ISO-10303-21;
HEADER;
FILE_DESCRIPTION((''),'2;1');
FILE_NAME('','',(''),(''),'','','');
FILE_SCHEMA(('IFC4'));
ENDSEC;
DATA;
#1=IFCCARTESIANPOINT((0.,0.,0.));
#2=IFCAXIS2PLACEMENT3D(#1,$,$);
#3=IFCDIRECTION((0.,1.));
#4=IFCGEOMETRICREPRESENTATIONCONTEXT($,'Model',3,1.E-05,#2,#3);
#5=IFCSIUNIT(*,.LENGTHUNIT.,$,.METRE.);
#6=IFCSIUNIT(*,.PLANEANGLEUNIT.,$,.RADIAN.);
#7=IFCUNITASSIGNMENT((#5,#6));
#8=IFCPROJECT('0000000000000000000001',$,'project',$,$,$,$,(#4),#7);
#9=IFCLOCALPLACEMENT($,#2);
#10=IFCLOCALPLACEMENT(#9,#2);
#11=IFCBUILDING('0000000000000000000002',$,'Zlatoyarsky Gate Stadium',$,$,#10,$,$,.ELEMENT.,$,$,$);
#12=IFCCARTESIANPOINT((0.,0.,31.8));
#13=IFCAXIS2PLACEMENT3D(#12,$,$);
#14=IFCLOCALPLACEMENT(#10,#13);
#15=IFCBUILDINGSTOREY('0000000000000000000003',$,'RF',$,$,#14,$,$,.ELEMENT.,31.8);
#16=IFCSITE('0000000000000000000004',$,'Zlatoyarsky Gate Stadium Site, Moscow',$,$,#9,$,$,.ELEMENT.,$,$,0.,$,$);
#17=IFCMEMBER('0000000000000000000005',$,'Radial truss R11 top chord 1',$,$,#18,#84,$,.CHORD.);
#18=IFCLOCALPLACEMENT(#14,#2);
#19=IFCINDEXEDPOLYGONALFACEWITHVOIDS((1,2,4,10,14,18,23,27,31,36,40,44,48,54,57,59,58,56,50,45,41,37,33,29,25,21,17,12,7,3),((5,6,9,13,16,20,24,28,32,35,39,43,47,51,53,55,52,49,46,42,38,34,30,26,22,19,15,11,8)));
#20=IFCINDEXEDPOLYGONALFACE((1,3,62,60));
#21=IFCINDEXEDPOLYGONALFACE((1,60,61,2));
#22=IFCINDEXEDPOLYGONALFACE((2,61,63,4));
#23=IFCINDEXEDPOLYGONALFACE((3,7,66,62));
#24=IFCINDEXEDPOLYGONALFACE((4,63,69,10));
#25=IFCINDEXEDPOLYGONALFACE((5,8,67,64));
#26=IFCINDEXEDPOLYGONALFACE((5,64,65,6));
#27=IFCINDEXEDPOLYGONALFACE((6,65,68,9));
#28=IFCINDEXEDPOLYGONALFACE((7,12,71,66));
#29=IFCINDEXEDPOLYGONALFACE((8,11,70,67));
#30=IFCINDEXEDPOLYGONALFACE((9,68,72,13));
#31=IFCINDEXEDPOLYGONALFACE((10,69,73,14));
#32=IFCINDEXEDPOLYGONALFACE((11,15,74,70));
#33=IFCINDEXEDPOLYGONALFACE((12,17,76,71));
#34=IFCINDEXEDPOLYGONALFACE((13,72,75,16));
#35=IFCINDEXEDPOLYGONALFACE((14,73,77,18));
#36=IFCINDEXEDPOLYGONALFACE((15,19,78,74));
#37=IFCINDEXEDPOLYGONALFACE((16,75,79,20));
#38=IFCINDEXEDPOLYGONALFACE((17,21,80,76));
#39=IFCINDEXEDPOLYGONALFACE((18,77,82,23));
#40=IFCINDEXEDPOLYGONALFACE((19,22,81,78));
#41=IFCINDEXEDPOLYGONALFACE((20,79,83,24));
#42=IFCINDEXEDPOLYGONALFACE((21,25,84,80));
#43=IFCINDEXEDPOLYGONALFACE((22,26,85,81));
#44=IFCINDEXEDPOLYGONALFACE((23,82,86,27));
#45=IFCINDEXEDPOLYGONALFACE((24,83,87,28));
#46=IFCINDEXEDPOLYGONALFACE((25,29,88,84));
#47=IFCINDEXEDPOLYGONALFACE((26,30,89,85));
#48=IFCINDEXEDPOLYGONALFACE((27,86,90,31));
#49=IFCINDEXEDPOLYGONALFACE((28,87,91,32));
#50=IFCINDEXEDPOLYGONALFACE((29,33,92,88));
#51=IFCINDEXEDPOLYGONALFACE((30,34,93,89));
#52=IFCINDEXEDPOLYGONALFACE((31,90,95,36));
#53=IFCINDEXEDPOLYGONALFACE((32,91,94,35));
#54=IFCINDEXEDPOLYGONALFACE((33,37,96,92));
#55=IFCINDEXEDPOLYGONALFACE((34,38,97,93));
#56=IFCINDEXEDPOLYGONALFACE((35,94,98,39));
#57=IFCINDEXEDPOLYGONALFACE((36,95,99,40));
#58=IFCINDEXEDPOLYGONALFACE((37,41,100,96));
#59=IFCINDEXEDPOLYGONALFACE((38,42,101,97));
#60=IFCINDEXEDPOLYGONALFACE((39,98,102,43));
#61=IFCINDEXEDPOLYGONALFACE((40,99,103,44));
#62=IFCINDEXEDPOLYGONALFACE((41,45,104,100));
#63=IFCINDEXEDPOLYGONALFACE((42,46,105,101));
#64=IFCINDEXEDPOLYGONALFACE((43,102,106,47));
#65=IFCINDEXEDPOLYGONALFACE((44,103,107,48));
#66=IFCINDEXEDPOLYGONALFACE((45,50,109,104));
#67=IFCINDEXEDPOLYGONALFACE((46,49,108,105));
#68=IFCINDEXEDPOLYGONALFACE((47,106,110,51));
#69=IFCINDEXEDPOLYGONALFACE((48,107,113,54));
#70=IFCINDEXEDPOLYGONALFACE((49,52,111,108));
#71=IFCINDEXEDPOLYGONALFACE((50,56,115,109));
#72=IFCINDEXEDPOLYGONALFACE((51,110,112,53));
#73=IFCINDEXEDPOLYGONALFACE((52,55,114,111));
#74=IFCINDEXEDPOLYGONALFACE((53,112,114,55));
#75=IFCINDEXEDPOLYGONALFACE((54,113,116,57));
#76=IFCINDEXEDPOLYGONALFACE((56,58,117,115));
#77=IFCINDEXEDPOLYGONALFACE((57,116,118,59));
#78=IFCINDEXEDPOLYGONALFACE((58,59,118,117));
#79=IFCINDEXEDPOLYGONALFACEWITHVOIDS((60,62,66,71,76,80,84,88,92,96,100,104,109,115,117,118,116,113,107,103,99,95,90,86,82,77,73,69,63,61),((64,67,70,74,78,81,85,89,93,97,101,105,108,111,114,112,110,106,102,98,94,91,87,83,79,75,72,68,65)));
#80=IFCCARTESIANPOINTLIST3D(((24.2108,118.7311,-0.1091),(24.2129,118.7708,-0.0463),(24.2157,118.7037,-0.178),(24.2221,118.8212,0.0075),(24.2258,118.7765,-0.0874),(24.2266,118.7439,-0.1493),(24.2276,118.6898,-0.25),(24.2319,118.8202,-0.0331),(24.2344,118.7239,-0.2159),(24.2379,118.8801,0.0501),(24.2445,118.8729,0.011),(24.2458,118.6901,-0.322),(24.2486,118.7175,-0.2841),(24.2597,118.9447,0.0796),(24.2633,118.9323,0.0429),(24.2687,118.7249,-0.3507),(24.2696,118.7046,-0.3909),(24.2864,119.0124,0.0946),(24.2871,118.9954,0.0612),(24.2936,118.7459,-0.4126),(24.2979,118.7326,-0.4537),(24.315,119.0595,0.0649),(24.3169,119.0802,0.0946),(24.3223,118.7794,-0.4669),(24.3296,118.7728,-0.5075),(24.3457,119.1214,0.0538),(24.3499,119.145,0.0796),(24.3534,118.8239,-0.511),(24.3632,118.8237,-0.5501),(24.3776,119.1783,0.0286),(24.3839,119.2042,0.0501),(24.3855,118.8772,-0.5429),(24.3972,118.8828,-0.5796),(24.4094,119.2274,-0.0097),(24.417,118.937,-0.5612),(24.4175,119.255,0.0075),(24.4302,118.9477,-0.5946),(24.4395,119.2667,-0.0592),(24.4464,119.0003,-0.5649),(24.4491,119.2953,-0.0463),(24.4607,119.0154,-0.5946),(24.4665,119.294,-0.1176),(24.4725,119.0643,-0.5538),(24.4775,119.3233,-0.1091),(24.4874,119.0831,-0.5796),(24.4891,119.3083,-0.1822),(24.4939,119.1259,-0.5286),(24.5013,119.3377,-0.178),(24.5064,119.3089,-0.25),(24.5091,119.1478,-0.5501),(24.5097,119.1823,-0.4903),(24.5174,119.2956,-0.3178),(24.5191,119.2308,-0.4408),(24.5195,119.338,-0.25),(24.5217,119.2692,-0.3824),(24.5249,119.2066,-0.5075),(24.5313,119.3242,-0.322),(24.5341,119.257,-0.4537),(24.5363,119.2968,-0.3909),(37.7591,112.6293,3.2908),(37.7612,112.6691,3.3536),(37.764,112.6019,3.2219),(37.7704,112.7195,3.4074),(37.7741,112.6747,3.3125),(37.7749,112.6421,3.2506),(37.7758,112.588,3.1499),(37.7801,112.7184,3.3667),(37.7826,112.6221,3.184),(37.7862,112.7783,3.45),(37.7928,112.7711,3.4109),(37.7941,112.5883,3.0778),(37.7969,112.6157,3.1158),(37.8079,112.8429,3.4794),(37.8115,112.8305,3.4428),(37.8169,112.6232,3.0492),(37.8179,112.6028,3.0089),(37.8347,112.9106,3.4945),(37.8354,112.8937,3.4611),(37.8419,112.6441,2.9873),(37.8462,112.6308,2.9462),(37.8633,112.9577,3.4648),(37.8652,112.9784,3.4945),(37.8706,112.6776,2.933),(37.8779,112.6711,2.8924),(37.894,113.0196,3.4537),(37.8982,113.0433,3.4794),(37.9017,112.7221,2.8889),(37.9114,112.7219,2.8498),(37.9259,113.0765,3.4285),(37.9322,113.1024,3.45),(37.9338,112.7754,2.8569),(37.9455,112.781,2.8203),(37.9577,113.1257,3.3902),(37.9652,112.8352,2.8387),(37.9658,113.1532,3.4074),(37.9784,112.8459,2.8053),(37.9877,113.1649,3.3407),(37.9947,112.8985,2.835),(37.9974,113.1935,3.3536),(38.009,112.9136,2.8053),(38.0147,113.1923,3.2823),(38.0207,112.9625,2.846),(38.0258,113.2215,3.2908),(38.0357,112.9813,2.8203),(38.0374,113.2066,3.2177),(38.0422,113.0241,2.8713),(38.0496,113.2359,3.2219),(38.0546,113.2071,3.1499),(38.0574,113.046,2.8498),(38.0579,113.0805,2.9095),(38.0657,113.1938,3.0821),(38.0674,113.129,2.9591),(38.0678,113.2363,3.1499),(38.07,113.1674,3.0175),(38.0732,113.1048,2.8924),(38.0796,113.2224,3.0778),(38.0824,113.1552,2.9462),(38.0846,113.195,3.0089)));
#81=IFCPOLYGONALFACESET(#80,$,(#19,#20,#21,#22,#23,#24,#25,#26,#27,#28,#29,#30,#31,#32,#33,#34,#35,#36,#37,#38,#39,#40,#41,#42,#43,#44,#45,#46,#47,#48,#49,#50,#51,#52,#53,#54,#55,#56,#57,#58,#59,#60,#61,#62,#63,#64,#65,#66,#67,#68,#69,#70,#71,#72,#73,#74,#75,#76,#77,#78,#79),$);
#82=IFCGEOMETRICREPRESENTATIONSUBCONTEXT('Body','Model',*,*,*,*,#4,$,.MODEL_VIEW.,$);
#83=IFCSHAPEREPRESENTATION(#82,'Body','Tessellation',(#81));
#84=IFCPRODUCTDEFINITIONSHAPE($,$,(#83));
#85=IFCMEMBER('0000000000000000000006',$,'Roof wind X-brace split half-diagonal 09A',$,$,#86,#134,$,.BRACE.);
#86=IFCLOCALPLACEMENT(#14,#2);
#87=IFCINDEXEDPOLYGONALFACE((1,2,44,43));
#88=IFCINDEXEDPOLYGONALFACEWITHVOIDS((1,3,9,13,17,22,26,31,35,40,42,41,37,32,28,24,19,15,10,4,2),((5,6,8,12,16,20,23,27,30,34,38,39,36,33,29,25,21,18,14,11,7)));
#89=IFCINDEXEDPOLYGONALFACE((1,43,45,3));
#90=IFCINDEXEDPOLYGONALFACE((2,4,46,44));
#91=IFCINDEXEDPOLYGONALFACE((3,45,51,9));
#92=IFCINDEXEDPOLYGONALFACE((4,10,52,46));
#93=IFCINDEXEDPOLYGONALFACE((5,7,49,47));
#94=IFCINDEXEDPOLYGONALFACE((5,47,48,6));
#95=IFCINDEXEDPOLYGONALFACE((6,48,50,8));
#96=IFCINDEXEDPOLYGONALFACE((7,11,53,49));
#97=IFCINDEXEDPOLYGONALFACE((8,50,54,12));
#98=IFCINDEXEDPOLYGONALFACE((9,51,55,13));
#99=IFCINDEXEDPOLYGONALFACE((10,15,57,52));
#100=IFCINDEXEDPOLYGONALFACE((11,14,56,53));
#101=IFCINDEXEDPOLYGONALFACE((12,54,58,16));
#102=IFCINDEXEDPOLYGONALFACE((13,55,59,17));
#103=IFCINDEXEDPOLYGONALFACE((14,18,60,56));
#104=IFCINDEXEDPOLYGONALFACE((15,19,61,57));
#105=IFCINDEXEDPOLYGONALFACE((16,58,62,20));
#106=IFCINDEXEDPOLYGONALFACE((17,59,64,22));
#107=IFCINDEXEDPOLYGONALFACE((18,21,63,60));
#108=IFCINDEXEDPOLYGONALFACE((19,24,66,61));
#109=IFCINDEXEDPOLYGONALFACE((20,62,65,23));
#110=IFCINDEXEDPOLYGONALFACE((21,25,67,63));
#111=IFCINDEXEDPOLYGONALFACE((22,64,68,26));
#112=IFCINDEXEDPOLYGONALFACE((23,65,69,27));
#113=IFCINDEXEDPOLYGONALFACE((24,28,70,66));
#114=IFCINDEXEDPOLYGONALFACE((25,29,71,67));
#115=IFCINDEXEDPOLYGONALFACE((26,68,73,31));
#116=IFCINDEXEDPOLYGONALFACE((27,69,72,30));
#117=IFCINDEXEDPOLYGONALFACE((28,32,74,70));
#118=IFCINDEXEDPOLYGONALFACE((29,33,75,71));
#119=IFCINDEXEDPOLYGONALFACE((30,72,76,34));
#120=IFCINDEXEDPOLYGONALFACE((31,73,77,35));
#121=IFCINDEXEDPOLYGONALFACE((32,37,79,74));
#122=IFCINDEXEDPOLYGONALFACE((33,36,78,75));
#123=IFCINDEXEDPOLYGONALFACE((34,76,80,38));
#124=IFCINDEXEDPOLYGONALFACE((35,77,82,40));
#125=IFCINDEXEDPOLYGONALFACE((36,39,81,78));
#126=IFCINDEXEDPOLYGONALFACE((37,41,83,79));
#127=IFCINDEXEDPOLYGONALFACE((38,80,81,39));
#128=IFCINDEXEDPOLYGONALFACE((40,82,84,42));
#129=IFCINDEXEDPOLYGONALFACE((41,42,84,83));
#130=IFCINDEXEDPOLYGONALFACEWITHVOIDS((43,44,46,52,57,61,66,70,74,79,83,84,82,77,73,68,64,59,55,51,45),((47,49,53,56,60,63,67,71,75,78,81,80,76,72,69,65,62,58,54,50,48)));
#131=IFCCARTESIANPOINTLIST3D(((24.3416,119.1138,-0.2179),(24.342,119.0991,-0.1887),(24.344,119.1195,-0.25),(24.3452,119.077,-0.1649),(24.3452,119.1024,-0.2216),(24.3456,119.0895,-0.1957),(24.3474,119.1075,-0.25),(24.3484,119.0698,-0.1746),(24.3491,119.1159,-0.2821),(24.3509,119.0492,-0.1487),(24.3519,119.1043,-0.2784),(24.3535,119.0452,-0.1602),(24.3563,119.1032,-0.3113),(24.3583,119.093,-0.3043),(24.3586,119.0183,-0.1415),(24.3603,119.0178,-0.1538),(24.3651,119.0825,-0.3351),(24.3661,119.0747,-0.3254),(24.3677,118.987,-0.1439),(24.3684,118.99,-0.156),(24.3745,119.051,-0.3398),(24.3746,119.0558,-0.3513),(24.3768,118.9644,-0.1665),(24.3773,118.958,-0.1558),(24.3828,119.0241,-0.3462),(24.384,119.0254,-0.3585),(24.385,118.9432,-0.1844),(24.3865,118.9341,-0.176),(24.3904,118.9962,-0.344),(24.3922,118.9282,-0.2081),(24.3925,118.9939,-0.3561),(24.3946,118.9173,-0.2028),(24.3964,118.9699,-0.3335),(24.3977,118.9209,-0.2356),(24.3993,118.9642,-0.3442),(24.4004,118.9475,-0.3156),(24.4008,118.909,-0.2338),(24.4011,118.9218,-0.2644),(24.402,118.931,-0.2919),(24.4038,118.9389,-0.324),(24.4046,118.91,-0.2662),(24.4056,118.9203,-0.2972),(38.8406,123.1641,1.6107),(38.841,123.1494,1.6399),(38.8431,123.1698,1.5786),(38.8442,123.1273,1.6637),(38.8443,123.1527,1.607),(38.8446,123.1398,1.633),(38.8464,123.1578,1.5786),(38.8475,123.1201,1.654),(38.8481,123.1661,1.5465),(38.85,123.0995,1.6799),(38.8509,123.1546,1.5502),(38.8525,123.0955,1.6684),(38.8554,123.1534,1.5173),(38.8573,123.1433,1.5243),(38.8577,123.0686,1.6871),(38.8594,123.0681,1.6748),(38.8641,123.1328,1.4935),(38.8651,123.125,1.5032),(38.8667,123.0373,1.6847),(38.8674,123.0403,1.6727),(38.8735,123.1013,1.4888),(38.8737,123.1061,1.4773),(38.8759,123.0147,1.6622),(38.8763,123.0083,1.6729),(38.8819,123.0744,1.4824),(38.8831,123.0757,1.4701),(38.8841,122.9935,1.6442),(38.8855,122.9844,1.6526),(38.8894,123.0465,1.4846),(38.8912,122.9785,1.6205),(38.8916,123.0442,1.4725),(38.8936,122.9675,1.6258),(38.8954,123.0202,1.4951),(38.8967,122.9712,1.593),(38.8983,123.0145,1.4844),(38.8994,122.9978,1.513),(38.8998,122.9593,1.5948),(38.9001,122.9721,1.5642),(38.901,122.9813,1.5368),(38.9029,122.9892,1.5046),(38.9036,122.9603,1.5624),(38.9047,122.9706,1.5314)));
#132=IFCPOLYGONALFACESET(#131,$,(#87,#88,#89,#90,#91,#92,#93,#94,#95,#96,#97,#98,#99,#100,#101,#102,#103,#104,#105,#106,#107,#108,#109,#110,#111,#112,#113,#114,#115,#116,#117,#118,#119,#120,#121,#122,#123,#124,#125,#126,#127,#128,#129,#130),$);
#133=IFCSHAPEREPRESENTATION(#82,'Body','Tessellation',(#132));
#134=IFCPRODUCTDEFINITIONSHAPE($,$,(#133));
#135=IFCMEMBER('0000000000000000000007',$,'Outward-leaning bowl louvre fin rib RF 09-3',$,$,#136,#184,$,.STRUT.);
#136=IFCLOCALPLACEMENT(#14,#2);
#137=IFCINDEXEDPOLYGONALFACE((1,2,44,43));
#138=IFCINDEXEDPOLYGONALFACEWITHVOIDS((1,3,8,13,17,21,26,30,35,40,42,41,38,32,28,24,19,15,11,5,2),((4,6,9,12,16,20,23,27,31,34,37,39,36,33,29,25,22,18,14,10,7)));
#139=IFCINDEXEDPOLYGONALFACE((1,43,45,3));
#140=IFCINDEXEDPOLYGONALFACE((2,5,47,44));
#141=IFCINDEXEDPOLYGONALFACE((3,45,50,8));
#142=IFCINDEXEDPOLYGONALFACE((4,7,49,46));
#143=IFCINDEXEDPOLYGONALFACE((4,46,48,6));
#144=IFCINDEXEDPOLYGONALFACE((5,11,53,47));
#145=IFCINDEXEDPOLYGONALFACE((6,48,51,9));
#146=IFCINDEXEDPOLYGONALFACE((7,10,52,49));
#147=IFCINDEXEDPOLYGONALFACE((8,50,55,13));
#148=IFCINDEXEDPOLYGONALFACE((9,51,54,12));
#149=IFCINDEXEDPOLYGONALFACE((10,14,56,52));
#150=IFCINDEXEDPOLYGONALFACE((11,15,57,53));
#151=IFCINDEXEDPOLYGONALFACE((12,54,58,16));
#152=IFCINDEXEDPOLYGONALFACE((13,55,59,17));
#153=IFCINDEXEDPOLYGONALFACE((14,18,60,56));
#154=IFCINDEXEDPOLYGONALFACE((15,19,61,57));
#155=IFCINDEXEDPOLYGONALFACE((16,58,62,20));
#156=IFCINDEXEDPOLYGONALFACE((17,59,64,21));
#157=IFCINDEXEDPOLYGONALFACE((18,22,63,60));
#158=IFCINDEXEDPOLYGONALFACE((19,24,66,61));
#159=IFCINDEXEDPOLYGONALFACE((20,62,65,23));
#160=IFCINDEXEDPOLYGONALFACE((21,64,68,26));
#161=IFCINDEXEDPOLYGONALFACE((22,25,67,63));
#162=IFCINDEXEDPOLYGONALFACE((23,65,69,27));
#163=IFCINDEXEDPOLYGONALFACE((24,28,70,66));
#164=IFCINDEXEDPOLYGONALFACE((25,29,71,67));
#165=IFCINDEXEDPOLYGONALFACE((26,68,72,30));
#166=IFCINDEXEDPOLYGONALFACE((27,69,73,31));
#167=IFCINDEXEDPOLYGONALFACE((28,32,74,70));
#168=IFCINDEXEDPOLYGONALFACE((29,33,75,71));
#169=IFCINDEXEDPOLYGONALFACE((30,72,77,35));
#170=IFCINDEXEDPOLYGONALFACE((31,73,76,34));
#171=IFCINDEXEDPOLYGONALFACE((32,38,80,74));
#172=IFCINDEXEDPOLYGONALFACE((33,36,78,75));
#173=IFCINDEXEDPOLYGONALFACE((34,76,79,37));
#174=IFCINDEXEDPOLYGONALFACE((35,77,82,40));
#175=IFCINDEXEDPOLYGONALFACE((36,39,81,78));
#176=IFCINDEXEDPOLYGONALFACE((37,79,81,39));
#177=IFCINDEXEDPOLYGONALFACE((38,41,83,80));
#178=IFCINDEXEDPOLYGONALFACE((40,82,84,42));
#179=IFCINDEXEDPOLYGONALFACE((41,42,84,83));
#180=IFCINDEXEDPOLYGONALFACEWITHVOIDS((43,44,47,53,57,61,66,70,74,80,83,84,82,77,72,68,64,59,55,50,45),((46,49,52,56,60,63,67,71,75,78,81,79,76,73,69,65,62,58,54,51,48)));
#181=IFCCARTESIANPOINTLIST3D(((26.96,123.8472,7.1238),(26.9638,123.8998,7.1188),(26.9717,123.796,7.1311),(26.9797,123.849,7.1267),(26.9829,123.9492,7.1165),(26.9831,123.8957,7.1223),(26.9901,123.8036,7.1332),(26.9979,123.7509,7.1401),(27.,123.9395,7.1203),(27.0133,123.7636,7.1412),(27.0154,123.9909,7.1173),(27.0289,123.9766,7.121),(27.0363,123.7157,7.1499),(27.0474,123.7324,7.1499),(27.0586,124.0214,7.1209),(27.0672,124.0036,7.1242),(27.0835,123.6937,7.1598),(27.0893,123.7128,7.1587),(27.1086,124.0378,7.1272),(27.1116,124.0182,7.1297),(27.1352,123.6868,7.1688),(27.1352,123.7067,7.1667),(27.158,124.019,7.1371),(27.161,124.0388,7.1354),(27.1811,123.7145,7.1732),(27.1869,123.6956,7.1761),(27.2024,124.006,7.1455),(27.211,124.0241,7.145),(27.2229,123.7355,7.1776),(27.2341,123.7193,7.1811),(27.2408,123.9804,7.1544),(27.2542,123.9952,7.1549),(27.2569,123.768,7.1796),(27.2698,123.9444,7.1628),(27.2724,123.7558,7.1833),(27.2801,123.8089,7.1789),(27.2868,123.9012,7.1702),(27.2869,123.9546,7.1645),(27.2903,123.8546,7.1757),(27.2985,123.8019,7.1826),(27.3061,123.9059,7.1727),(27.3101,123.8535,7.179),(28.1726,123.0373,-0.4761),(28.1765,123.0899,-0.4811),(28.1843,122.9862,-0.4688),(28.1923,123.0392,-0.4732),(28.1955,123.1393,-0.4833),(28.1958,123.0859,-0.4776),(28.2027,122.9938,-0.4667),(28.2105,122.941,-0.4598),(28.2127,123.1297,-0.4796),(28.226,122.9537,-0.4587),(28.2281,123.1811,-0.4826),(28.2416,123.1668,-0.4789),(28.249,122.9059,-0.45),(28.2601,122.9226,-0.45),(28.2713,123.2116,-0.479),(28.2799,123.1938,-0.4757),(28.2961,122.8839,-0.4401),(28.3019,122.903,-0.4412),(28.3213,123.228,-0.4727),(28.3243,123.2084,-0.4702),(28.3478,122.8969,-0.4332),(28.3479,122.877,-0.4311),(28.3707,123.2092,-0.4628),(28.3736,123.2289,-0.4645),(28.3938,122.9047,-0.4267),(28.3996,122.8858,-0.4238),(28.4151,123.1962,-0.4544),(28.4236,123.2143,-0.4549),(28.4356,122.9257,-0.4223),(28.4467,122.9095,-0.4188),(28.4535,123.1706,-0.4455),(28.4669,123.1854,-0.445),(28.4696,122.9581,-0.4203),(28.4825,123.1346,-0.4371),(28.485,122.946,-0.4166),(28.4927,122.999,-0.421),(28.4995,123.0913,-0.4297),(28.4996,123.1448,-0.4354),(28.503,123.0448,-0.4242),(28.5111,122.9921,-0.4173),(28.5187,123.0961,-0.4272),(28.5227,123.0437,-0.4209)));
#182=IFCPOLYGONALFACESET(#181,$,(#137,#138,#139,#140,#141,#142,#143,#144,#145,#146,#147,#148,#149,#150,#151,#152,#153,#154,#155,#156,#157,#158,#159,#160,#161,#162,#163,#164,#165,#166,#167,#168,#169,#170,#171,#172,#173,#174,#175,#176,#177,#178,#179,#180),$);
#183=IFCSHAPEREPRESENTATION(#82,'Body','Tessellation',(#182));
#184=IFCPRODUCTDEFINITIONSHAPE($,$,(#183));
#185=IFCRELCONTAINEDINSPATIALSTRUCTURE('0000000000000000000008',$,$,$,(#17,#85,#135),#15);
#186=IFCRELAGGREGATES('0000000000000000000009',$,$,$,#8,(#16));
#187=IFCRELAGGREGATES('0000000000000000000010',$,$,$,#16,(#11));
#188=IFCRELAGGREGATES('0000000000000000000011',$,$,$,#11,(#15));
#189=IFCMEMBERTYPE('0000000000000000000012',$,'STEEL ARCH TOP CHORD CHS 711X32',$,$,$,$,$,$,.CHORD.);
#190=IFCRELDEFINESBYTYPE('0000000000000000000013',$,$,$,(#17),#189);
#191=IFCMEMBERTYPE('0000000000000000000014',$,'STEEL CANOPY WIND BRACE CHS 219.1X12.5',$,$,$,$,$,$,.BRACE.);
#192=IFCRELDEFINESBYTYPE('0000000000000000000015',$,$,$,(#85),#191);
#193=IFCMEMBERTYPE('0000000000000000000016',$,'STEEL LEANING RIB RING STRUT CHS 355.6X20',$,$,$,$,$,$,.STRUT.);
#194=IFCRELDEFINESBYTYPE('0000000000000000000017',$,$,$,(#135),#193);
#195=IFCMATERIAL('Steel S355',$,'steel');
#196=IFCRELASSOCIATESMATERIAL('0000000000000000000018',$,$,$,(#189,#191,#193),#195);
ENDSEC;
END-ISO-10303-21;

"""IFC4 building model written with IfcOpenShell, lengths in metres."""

from ifc_helpers import new_model, si_unit, direction, frame, origin, origin_2d, place, context, subcontext, project, spatial, hollow_circle, extrude, material, material_profile, profile_set, type_object, element, save


model = new_model("IFC4")

# Units and contexts
model_context = context("Model", 3, precision=1e-05, world=origin(), true_north=direction((0.0, 1.0)))
body_context = subcontext(model_context, "Body", "Model", "MODEL_VIEW")
ifc_project = project(units=[si_unit("LENGTHUNIT", "METRE"), si_unit("PLANEANGLEUNIT", "RADIAN")], contexts=[model_context])

# Site, building, storey
site_placement = place(None, origin())
site = spatial("IfcSite", under=ifc_project, at=site_placement, Name="Zlatoyarsky Gate Stadium Site, Moscow", CompositionType="ELEMENT", RefElevation=0.0)
building_placement = place(site_placement, origin())
building = spatial("IfcBuilding", under=site, at=building_placement, Name="Zlatoyarsky Gate Stadium", CompositionType="ELEMENT")
storey_placement = place(building_placement, frame((0.0, 0.0, 31.8)))
storey = spatial("IfcBuildingStorey", under=building, at=storey_placement, Name="RF", CompositionType="ELEMENT", Elevation=31.8)

# Members
ifc_material_1 = material(Name="Steel S355", Category="steel")
ifc_material_profile_1 = material_profile(ifc_material_1, hollow_circle(Radius=0.3555, WallThickness=0.032, at=origin_2d()), Name="CHS 711X32")
ifc_profile_set_1 = profile_set([ifc_material_profile_1], Name="Steel S355")
member_type_1 = type_object("IfcMemberType", Name="STEEL ARCH TOP CHORD CHS 711X32", PredefinedType="CHORD", material=ifc_profile_set_1)
member_1_placement = place(storey_placement, frame((24.3735, 119.0139, -0.25), z_axis=(0.888824, -0.400302, 0.223047), x_axis=(0.410647, 0.911794, 0.0)))
element("IfcMember", 1, at=member_1_placement, inside=storey, type_object=member_type_1, Name="Radial truss R11 top chord 1", PredefinedType="CHORD", context=body_context, shape_type="SweptSolid", body=[
    extrude(hollow_circle(Radius=0.3555, WallThickness=0.032, at=origin_2d()), origin(), (0.0, 0.0, 1.0), 15.2429),
])
ifc_material_profile_2 = material_profile(ifc_material_1, hollow_circle(Radius=0.1096, WallThickness=0.0125, at=origin_2d()), Name="CHS 219.1X12.5")
ifc_profile_set_2 = profile_set([ifc_material_profile_2], Name="Steel S355")
member_type_2 = type_object("IfcMemberType", Name="STEEL CANOPY WIND BRACE CHS 219.1X12.5", PredefinedType="BRACE", material=ifc_profile_set_2)
member_2_placement = place(storey_placement, frame((24.3735, 119.0139, -0.25), z_axis=(0.956099, 0.267086, 0.120583), x_axis=(-0.269049, 0.963127, 0.0)))
element("IfcMember", 2, at=member_2_placement, inside=storey, type_object=member_type_2, Name="Roof wind X-brace split half-diagonal 09A", PredefinedType="BRACE", context=body_context, shape_type="SweptSolid", body=[
    extrude(hollow_circle(Radius=0.1096, WallThickness=0.0125, at=origin_2d()), origin(), (0.0, 0.0, 1.0), 15.1648),
])
ifc_material_profile_3 = material_profile(ifc_material_1, hollow_circle(Radius=0.1777, WallThickness=0.02, at=origin_2d()), Name="CHS 355.6X20")
ifc_profile_set_3 = profile_set([ifc_material_profile_3], Name="Steel S355")
member_type_3 = type_object("IfcMemberType", Name="STEEL LEANING RIB RING STRUT CHS 355.6X20", PredefinedType="STRUT", material=ifc_profile_set_3)
member_3_placement = place(storey_placement, frame((28.3477, 123.0537, -0.45), z_axis=(-0.156703, 0.104648, 0.982086), x_axis=(-0.555357, -0.831612, 0.0)))
element("IfcMember", 3, at=member_3_placement, inside=storey, type_object=member_type_3, Name="Outward-leaning bowl louvre fin rib RF 09-3", PredefinedType="STRUT", context=body_context, shape_type="SweptSolid", body=[
    extrude(hollow_circle(Radius=0.1777, WallThickness=0.02, at=origin_2d()), origin(), (0.0, 0.0, 1.0), 7.7385),
])

save(model, "model.ifc")
